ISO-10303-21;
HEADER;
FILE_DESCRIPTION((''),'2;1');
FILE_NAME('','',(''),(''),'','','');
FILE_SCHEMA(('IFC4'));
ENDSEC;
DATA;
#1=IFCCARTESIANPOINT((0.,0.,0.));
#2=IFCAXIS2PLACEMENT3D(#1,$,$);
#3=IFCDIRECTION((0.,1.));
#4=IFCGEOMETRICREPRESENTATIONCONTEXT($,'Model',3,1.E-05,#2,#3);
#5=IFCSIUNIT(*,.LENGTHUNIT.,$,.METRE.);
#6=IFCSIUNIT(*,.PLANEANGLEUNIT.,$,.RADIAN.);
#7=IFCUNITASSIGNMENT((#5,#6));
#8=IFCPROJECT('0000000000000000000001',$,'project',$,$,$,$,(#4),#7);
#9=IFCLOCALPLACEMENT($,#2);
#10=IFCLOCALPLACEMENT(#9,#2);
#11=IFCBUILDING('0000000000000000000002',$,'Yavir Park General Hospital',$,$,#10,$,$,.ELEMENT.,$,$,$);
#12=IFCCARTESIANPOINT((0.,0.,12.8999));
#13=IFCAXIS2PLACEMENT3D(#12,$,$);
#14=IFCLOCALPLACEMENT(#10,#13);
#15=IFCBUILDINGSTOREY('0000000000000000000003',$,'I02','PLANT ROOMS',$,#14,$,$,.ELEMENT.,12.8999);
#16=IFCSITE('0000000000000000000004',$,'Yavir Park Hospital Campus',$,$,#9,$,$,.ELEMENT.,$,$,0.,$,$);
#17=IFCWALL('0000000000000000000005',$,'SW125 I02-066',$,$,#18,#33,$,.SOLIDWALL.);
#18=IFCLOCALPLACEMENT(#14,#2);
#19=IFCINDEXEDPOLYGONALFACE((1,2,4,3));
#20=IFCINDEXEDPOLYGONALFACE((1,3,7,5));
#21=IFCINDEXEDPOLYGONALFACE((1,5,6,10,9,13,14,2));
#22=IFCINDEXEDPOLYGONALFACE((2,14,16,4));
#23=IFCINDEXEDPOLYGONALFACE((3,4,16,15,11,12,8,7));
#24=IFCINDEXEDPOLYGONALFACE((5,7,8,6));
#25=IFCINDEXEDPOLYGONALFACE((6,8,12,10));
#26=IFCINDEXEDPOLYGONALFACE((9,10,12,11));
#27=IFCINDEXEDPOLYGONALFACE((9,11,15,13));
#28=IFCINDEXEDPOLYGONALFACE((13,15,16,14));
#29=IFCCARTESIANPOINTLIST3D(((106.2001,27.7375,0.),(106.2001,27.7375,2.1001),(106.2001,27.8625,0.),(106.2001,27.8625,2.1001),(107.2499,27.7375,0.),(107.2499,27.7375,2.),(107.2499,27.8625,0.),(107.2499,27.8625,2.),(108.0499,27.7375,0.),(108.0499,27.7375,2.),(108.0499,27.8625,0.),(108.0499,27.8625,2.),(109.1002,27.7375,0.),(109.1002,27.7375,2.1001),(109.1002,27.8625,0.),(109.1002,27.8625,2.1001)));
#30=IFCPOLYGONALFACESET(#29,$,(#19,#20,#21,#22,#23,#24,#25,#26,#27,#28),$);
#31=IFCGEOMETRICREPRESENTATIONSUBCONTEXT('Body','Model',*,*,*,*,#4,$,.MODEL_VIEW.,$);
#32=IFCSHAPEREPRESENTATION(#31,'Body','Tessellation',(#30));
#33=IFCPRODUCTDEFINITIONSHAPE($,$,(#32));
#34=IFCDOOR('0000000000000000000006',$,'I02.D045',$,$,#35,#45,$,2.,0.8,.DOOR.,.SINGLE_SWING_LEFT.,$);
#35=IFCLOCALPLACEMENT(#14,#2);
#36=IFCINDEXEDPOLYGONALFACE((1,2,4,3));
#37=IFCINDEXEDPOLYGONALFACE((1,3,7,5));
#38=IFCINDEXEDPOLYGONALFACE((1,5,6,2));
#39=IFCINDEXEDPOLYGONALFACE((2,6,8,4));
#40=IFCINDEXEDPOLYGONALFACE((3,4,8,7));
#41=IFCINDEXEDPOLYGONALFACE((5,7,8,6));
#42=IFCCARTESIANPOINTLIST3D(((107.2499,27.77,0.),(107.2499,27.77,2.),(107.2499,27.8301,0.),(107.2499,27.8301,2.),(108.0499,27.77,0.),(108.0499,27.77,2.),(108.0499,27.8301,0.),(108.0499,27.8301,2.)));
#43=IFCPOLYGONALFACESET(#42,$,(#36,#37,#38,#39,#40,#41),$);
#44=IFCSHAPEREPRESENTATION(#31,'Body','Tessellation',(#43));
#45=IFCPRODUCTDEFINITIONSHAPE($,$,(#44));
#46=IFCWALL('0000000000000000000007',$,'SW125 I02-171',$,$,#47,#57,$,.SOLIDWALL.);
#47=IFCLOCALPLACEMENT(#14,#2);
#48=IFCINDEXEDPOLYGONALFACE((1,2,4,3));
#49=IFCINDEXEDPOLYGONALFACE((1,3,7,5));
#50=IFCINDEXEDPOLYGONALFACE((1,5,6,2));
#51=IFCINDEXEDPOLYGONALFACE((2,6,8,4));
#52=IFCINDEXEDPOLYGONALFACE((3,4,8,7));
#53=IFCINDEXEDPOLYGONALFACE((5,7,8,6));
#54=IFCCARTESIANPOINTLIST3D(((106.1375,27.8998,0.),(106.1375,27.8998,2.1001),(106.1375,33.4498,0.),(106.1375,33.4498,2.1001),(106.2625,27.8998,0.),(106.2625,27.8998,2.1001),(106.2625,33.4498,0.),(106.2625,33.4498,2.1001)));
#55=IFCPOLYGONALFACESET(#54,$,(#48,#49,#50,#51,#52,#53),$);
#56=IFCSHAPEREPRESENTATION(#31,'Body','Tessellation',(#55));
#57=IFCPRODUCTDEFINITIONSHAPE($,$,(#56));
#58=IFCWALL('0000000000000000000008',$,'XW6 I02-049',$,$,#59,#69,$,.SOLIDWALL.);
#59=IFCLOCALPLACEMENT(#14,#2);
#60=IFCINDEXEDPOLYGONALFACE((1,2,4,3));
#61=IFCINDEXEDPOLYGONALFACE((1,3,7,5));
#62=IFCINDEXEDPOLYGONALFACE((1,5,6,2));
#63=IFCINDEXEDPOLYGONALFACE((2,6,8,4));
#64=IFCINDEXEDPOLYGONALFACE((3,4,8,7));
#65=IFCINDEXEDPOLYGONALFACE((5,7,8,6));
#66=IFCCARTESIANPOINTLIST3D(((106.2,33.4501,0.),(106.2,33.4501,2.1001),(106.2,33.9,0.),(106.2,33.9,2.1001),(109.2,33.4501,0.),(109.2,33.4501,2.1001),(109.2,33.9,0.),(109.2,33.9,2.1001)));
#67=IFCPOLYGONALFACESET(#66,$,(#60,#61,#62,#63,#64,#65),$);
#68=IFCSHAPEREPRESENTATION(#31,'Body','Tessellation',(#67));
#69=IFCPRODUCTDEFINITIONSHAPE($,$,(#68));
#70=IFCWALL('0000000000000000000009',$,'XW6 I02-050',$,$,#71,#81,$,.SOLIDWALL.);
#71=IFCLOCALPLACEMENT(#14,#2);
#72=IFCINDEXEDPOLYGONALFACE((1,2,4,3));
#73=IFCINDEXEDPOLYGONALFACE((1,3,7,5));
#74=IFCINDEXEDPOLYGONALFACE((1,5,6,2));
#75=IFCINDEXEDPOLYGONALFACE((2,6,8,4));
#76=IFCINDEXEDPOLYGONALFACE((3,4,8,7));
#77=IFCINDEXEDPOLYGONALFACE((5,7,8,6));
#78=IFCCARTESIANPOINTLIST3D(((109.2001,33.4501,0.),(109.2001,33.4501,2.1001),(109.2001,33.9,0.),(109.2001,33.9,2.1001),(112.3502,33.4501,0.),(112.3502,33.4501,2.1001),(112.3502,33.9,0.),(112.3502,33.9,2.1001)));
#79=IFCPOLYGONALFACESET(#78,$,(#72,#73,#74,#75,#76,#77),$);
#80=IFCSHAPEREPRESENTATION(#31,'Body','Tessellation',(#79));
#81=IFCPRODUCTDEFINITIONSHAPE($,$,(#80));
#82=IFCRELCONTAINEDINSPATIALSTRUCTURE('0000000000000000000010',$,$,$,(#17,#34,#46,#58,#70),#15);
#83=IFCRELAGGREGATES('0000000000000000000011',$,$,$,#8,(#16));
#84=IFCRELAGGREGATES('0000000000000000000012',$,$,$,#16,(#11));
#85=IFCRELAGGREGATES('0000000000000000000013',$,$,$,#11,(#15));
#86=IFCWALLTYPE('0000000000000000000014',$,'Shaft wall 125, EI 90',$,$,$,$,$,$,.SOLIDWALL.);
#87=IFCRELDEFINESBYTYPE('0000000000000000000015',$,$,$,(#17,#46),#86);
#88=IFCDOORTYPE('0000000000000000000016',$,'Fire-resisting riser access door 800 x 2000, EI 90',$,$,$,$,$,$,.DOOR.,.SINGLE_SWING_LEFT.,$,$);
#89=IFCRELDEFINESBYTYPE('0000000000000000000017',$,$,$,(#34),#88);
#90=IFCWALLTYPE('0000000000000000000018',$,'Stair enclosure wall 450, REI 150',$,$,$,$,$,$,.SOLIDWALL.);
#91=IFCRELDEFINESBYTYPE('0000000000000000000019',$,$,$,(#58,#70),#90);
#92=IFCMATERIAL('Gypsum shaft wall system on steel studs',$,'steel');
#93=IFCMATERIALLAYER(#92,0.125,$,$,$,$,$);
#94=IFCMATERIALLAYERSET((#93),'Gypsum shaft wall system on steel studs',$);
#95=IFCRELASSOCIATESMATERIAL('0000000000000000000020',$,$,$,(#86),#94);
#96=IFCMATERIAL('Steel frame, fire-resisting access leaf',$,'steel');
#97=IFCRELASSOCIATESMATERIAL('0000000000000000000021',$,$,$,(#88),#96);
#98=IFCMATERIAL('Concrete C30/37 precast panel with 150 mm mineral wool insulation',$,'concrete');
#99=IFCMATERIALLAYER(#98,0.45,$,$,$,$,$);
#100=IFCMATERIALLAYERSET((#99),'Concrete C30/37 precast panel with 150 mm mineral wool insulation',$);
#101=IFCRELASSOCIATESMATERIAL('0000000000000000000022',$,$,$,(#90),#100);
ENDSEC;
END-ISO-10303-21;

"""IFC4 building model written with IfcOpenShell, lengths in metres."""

from ifc_helpers import new_model, si_unit, direction, frame, frame_2d, origin, place, context, subcontext, project, spatial, rectangle, extrude, material, layer, layer_set, type_object, element, fill, save


model = new_model("IFC4")

# Units and contexts
model_context = context("Model", 3, precision=1e-05, world=origin(), true_north=direction((0.0, 1.0)))
body_context = subcontext(model_context, "Body", "Model", "MODEL_VIEW")
ifc_project = project(units=[si_unit("LENGTHUNIT", "METRE"), si_unit("PLANEANGLEUNIT", "RADIAN")], contexts=[model_context])

# Site, building, storey
site_placement = place(None, origin())
site = spatial("IfcSite", under=ifc_project, at=site_placement, Name="Yavir Park Hospital Campus", CompositionType="ELEMENT", RefElevation=0.0)
building_placement = place(site_placement, origin())
building = spatial("IfcBuilding", under=site, at=building_placement, Name="Yavir Park General Hospital", CompositionType="ELEMENT")
storey_placement = place(building_placement, frame((0.0, 0.0, 12.8999)))
storey = spatial("IfcBuildingStorey", under=building, at=storey_placement, Name="I02", Description="PLANT ROOMS", CompositionType="ELEMENT", Elevation=12.8999)

# Wall, opening, door
ifc_material_1 = material(Name="Gypsum shaft wall system on steel studs", Category="steel")
ifc_layer_1 = layer(ifc_material_1, 0.125)
ifc_layer_set_1 = layer_set([ifc_layer_1], Name="Gypsum shaft wall system on steel studs")
wall_type_1 = type_object("IfcWallType", Name="Shaft wall 125, EI 90", PredefinedType="SOLIDWALL", material=ifc_layer_set_1)
wall_1_placement = place(storey_placement, frame((106.2, 27.8, 0.0), z_axis=(0.0, 0.0, 1.0), x_axis=(1.0, 0.0, 0.0)))
wall_1 = element("IfcWall", 1, at=wall_1_placement, inside=storey, type_object=wall_type_1, Name="SW125 I02-066", PredefinedType="SOLIDWALL", context=body_context, shape_type="SweptSolid", body=[
    extrude(rectangle(XDim=2.9001, YDim=0.125, at=frame_2d((1.4502, 0.0))), origin(), (0.0, 0.0, 1.0), 2.1001),
])
opening_1_placement = place(wall_1_placement, frame((1.05, 0.0, 0.0)))
opening_1 = element("IfcOpeningElement", 2, at=opening_1_placement, cuts=wall_1, PredefinedType="OPENING", context=body_context, shape_type="SweptSolid", body=[
    extrude(rectangle(XDim=0.8, YDim=2.0, at=frame_2d((0.3999, 1.0))), frame((0.0, 0.0725, 0.0), z_axis=(0.0, -1.0, 0.0), x_axis=(1.0, 0.0, 0.0)), (0.0, 0.0, 1.0), 0.145),
])
ifc_material_2 = material(Name="Steel frame, fire-resisting access leaf", Category="steel")
door_type_1 = type_object("IfcDoorType", Name="Fire-resisting riser access door 800 x 2000, EI 90", OperationType="SINGLE_SWING_LEFT", PredefinedType="DOOR", material=ifc_material_2)
door_1_placement = place(opening_1_placement, origin())
door_1 = element("IfcDoor", 3, at=door_1_placement, inside=storey, type_object=door_type_1, Name="I02.D045", OperationType="SINGLE_SWING_LEFT", OverallHeight=2.0, OverallWidth=0.8, PredefinedType="DOOR", context=body_context, shape_type="SweptSolid", body=[
    extrude(rectangle(XDim=0.8, YDim=2.0, at=frame_2d((0.3999, 1.0))), frame((0.0, 0.03, 0.0), z_axis=(0.0, -1.0, 0.0), x_axis=(1.0, 0.0, 0.0)), (0.0, 0.0, 1.0), 0.0601),
])
fill(opening_1, door_1)

# Walls
wall_2_placement = place(storey_placement, frame((106.2, 27.8999, 0.0), z_axis=(0.0, 0.0, 1.0), x_axis=(0.0, 1.0, 0.0)))
element("IfcWall", 4, at=wall_2_placement, inside=storey, type_object=wall_type_1, Name="SW125 I02-171", PredefinedType="SOLIDWALL", context=body_context, shape_type="SweptSolid", body=[
    extrude(rectangle(XDim=5.55, YDim=0.125, at=frame_2d((2.7749, 0.0))), origin(), (0.0, 0.0, 1.0), 2.1001),
])
ifc_material_3 = material(Name="Concrete C30/37 precast panel with 150 mm mineral wool insulation", Category="concrete")
ifc_layer_2 = layer(ifc_material_3, 0.45)
ifc_layer_set_2 = layer_set([ifc_layer_2], Name="Concrete C30/37 precast panel with 150 mm mineral wool insulation")
wall_type_2 = type_object("IfcWallType", Name="Stair enclosure wall 450, REI 150", PredefinedType="SOLIDWALL", material=ifc_layer_set_2)
wall_3_placement = place(storey_placement, frame((106.2, 33.675, 0.0), z_axis=(0.0, 0.0, 1.0), x_axis=(1.0, 0.0, 0.0)))
element("IfcWall", 5, at=wall_3_placement, inside=storey, type_object=wall_type_2, Name="XW6 I02-049", PredefinedType="SOLIDWALL", context=body_context, shape_type="SweptSolid", body=[
    extrude(rectangle(XDim=3.0, YDim=0.45, at=frame_2d((1.5, 0.0))), origin(), (0.0, 0.0, 1.0), 2.1001),
])
wall_4_placement = place(storey_placement, frame((109.2, 33.675, 0.0), z_axis=(0.0, 0.0, 1.0), x_axis=(1.0, 0.0, 0.0)))
element("IfcWall", 6, at=wall_4_placement, inside=storey, type_object=wall_type_2, Name="XW6 I02-050", PredefinedType="SOLIDWALL", context=body_context, shape_type="SweptSolid", body=[
    extrude(rectangle(XDim=3.1501, YDim=0.45, at=frame_2d((1.5752, 0.0))), origin(), (0.0, 0.0, 1.0), 2.1001),
])

save(model, "model.ifc")
